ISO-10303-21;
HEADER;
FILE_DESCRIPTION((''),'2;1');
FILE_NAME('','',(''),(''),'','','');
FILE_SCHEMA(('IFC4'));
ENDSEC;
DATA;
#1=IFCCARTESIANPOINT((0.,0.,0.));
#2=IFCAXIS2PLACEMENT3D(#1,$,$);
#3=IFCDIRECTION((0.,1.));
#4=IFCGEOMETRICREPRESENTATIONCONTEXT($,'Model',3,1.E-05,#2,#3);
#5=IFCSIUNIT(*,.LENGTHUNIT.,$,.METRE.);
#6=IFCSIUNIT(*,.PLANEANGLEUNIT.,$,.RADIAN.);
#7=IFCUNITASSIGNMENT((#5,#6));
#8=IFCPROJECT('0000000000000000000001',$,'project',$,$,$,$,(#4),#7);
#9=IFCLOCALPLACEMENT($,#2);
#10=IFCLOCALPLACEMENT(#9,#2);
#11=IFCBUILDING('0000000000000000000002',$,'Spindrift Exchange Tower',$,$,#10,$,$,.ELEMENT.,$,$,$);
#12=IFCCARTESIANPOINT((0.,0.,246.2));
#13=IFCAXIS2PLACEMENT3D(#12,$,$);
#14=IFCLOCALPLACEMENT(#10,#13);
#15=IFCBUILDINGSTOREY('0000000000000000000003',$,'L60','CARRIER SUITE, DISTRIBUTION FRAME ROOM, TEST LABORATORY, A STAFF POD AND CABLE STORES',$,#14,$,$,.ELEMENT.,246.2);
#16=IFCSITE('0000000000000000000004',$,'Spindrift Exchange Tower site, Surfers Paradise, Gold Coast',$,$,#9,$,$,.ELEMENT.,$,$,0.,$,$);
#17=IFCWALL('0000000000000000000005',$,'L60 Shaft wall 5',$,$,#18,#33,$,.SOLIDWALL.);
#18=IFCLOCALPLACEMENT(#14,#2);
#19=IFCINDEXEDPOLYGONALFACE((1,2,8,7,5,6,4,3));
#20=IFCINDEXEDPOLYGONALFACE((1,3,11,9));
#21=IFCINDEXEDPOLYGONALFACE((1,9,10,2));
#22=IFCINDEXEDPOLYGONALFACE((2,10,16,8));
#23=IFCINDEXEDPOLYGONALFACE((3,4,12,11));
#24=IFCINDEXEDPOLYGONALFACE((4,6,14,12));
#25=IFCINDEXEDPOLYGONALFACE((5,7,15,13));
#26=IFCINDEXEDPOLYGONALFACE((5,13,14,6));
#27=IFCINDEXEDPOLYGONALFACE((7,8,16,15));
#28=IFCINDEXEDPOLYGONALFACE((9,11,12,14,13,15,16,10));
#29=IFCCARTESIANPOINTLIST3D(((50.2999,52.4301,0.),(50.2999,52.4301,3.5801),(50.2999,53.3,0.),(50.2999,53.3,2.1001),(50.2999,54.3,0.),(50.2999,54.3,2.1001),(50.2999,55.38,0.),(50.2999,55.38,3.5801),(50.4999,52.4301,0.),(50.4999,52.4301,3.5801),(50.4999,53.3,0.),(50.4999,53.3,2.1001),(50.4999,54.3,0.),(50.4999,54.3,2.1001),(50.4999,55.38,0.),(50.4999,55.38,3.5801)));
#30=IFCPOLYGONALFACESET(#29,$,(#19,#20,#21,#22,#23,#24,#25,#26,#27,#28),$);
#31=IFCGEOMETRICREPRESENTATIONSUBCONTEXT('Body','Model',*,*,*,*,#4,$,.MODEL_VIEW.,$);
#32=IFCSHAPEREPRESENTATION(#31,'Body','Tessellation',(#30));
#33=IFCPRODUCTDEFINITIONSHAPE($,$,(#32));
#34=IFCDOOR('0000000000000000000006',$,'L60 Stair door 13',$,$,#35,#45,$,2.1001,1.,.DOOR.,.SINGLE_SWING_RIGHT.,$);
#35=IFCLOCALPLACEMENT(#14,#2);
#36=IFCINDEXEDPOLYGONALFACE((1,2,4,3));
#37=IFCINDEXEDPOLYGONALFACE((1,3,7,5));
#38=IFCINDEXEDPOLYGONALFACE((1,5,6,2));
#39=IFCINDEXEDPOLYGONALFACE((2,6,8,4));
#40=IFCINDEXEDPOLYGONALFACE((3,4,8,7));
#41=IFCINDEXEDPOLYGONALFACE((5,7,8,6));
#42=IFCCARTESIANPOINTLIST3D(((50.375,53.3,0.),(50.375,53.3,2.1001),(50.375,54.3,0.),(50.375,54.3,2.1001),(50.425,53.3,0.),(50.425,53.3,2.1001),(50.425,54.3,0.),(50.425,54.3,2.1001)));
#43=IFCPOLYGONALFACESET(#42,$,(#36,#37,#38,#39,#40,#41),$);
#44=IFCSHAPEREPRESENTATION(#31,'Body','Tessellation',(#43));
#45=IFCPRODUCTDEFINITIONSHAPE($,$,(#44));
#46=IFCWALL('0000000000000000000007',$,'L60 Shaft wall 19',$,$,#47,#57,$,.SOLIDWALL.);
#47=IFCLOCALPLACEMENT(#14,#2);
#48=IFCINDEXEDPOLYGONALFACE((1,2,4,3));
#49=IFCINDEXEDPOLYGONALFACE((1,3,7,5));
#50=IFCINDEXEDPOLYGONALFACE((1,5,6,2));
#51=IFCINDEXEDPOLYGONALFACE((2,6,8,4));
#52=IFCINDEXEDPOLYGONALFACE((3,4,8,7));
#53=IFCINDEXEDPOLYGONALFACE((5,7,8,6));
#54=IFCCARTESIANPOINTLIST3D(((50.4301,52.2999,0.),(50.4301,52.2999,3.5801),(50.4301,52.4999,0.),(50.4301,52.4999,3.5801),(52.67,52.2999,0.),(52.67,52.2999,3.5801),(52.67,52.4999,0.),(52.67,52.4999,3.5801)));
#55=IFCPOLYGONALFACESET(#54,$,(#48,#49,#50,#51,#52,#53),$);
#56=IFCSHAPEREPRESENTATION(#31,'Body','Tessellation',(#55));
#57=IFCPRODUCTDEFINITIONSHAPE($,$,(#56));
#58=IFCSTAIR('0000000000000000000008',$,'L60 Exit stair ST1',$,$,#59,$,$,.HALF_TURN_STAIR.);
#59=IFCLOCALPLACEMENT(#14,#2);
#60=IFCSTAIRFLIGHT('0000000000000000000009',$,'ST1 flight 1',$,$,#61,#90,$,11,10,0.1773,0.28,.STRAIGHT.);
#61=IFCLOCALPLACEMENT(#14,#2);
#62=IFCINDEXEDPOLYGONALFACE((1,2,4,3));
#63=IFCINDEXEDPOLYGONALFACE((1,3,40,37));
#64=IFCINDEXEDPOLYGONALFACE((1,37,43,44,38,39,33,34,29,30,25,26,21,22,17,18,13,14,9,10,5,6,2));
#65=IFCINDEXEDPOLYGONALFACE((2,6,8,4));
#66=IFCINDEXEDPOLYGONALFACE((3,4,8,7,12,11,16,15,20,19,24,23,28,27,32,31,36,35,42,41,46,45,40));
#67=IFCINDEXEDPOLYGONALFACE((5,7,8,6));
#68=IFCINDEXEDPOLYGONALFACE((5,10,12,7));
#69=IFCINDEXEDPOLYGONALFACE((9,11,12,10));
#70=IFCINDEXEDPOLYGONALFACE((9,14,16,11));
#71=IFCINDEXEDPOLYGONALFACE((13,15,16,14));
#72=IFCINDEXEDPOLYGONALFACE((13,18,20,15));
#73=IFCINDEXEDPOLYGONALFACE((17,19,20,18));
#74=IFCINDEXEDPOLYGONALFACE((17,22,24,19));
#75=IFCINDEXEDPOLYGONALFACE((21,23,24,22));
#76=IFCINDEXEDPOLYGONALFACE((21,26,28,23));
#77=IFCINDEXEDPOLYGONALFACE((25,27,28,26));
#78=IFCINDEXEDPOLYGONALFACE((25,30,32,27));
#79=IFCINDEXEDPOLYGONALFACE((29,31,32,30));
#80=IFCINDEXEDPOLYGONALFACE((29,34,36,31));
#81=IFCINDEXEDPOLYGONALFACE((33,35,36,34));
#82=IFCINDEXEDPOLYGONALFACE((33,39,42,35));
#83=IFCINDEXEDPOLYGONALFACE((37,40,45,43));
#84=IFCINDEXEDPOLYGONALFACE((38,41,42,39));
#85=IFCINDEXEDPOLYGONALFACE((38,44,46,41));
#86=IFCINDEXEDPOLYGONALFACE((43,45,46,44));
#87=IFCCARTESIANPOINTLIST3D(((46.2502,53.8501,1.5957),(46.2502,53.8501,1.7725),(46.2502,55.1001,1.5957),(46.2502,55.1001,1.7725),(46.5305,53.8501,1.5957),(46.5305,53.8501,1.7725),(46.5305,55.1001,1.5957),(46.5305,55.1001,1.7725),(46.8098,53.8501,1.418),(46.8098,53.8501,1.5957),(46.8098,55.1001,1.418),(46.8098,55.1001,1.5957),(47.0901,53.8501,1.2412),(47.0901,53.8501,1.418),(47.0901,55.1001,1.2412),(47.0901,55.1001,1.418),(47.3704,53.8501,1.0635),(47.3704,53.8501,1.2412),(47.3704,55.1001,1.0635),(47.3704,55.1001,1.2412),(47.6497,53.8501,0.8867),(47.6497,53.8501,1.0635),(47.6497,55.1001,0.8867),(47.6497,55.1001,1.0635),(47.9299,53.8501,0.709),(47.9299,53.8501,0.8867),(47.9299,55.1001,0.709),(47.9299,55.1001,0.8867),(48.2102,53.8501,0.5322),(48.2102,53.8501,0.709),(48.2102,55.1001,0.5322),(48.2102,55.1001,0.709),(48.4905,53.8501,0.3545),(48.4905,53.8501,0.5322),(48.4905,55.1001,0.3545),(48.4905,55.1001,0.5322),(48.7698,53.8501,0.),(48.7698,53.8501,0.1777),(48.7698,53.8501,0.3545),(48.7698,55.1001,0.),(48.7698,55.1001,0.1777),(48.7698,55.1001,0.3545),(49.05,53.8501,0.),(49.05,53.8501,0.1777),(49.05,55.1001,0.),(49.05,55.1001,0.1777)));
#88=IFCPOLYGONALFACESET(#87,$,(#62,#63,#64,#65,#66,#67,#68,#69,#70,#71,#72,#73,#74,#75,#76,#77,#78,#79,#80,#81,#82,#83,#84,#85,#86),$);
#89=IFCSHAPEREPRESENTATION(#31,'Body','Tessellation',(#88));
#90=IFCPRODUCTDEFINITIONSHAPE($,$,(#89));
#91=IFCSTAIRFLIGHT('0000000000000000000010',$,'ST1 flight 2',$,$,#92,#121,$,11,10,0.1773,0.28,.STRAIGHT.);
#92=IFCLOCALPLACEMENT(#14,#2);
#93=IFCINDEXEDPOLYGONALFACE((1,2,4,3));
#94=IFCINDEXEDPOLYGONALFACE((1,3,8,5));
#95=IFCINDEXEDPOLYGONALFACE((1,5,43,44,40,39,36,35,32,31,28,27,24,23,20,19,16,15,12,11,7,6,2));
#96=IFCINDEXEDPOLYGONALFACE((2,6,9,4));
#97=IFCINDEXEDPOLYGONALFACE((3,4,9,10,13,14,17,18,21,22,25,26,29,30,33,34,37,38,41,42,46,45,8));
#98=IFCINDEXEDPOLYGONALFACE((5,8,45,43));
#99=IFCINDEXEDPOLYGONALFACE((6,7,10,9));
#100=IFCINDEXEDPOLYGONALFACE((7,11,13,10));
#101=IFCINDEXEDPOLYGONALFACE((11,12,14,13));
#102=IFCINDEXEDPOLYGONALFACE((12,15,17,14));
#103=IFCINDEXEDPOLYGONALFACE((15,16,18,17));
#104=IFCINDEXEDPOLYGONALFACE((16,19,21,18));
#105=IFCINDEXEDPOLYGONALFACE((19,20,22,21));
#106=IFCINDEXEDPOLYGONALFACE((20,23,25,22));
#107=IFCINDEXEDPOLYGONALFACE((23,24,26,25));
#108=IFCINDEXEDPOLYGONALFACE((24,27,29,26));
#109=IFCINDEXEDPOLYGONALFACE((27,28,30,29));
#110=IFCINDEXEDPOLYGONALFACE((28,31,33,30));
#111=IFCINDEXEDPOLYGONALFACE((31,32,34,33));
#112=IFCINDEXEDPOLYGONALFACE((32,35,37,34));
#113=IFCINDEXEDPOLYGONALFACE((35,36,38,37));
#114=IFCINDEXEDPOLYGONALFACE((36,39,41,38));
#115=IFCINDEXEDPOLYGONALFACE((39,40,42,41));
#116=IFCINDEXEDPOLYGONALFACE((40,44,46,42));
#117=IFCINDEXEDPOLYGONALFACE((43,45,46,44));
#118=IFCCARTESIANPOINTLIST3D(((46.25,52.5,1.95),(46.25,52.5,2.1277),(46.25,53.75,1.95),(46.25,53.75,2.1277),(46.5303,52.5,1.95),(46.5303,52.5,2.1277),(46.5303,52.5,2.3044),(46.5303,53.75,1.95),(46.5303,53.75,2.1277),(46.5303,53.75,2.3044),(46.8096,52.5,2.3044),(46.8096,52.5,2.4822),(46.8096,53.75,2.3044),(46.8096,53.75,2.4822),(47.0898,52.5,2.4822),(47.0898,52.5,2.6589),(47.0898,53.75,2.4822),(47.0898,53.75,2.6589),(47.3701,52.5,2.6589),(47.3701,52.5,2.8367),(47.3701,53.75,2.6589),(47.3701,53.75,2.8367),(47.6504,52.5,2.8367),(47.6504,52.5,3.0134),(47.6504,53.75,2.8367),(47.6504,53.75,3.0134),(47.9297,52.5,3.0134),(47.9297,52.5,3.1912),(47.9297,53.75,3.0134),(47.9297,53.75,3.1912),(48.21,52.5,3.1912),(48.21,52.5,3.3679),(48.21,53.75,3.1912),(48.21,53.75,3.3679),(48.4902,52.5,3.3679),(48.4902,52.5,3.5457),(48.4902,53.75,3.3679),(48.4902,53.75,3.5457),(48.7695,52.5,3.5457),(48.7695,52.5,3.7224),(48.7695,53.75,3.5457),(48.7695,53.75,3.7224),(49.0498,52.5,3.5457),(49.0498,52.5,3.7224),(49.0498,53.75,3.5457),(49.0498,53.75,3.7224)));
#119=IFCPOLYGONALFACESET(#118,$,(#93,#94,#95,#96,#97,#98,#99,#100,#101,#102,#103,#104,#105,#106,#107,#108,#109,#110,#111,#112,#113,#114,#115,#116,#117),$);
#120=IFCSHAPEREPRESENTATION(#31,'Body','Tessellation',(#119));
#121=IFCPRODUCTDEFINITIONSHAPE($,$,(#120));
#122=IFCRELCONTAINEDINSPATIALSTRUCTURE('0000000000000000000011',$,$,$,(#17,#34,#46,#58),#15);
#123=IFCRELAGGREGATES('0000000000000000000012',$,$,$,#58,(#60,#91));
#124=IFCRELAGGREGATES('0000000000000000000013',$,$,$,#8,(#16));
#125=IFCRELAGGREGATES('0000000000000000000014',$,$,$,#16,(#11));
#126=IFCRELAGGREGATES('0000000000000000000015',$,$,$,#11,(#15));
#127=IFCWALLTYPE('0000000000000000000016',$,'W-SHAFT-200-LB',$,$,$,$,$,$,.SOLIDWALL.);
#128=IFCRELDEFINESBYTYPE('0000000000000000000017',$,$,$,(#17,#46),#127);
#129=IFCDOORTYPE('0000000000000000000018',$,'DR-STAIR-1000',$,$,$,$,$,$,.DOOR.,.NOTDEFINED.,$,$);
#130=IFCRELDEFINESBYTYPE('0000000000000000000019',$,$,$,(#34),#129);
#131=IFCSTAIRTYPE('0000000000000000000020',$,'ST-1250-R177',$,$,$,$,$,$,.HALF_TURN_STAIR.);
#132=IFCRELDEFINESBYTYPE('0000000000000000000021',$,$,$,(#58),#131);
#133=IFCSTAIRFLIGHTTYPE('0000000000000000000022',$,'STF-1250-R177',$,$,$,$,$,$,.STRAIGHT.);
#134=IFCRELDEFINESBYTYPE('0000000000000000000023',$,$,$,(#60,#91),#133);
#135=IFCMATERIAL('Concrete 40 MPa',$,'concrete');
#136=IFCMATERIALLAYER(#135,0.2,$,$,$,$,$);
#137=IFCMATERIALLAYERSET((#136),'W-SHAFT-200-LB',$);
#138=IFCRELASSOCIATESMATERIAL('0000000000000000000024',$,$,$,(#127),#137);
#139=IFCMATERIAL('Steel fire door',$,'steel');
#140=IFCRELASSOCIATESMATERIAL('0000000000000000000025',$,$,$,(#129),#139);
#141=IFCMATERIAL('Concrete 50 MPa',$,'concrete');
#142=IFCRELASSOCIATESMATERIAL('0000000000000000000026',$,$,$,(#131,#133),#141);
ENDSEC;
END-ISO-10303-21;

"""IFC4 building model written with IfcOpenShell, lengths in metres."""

from ifc_helpers import new_model, si_unit, direction, frame, frame_2d, origin, place, context, subcontext, project, spatial, line, indexed_curve, rectangle, outline, extrude, source, transform, mapped, material, layer, layer_set, type_object, element, fill, aggregate, save


model = new_model("IFC4")

# Units and contexts
model_context = context("Model", 3, precision=1e-05, world=origin(), true_north=direction((0.0, 1.0)))
body_context = subcontext(model_context, "Body", "Model", "MODEL_VIEW")
ifc_project = project(units=[si_unit("LENGTHUNIT", "METRE"), si_unit("PLANEANGLEUNIT", "RADIAN")], contexts=[model_context])

# Site, building, storey
site_placement = place(None, origin())
site = spatial("IfcSite", under=ifc_project, at=site_placement, Name="Spindrift Exchange Tower site, Surfers Paradise, Gold Coast", CompositionType="ELEMENT", RefElevation=0.0)
building_placement = place(site_placement, origin())
building = spatial("IfcBuilding", under=site, at=building_placement, Name="Spindrift Exchange Tower", CompositionType="ELEMENT")
storey_placement = place(building_placement, frame((0.0, 0.0, 246.2)))
storey = spatial("IfcBuildingStorey", under=building, at=storey_placement, Name="L60", Description="CARRIER SUITE, DISTRIBUTION FRAME ROOM, TEST LABORATORY, A STAFF POD AND CABLE STORES", CompositionType="ELEMENT", Elevation=246.2)

# Shared definitions
ifc_material_1 = material(Name="Concrete 50 MPa", Category="concrete")

# Shared definitions
ifc_material_2 = material(Name="Concrete 40 MPa", Category="concrete")
ifc_layer_1 = layer(ifc_material_2, 0.2)
ifc_layer_set_1 = layer_set([ifc_layer_1], Name="W-SHAFT-200-LB")
wall_type_1 = type_object("IfcWallType", Name="W-SHAFT-200-LB", PredefinedType="SOLIDWALL", material=ifc_layer_set_1)

# Wall, opening, door
wall_1_placement = place(storey_placement, frame((50.3999, 52.4299, 0.0), z_axis=(0.0, 0.0, 1.0), x_axis=(0.0, 1.0, 0.0)))
wall_1 = element("IfcWall", 1, at=wall_1_placement, inside=storey, type_object=wall_type_1, Name="L60 Shaft wall 5", PredefinedType="SOLIDWALL", context=body_context, shape_type="SweptSolid", body=[
    extrude(rectangle(XDim=2.95, YDim=0.2, at=frame_2d((1.4751, 0.0))), origin(), (0.0, 0.0, 1.0), 3.5801),
])
opening_1_placement = place(wall_1_placement, frame((0.8701, 0.0, 0.0)))
opening_1 = element("IfcOpeningElement", 2, at=opening_1_placement, cuts=wall_1, PredefinedType="OPENING", context=body_context, shape_type="SweptSolid", body=[
    extrude(rectangle(XDim=1.0, YDim=2.1001, at=frame_2d((0.5, 1.05))), frame((0.0, 0.1099, 0.0), z_axis=(0.0, -1.0, 0.0), x_axis=(1.0, 0.0, 0.0)), (0.0, 0.0, 1.0), 0.22),
])
ifc_material_3 = material(Name="Steel fire door", Category="steel")
door_type_1 = type_object("IfcDoorType", Name="DR-STAIR-1000", OperationType="NOTDEFINED", PredefinedType="DOOR", material=ifc_material_3)
shared_shape_1 = source(origin(), body_context, "Body", "SweptSolid", [
    extrude(rectangle(XDim=1.0, YDim=2.1001, at=frame_2d((0.5, 1.05))), frame((0.0, 0.0249, 0.0), z_axis=(0.0, -1.0, 0.0), x_axis=(1.0, 0.0, 0.0)), (0.0, 0.0, 1.0), 0.05),
])
door_1_placement = place(opening_1_placement, origin())
door_1 = element("IfcDoor", 3, at=door_1_placement, inside=storey, type_object=door_type_1, Name="L60 Stair door 13", OperationType="SINGLE_SWING_RIGHT", OverallHeight=2.1001, OverallWidth=1.0, PredefinedType="DOOR", context=body_context, shape_type="MappedRepresentation", body=[
    mapped(shared_shape_1, transform((0.0, 0.0, 0.0), scale=1.0)),
])
fill(opening_1, door_1)

# Wall
wall_2_placement = place(storey_placement, frame((50.4299, 52.3999, 0.0), z_axis=(0.0, 0.0, 1.0), x_axis=(1.0, 0.0, 0.0)))
element("IfcWall", 4, at=wall_2_placement, inside=storey, type_object=wall_type_1, Name="L60 Shaft wall 19", PredefinedType="SOLIDWALL", context=body_context, shape_type="SweptSolid", body=[
    extrude(rectangle(XDim=2.24, YDim=0.2, at=frame_2d((1.1201, 0.0))), origin(), (0.0, 0.0, 1.0), 3.5801),
])

# Stair, stair flights
stair_type = type_object("IfcStairType", Name="ST-1250-R177", PredefinedType="HALF_TURN_STAIR", material=ifc_material_1)
stair_placement = place(storey_placement, origin())
stair = element("IfcStair", 5, at=stair_placement, inside=storey, type_object=stair_type, Name="L60 Exit stair ST1", PredefinedType="HALF_TURN_STAIR")
stair_flight_type = type_object("IfcStairFlightType", Name="STF-1250-R177", PredefinedType="STRAIGHT", material=ifc_material_1)
stair_flight_1_placement = place(storey_placement, frame((49.05, 54.4751, 0.0), z_axis=(0.0, 0.0, 1.0), x_axis=(-1.0, 0.0, 0.0)))
stair_flight_1 = element("IfcStairFlight", 6, at=stair_flight_1_placement, type_object=stair_flight_type, Name="ST1 flight 1", NumberOfRisers=11, NumberOfTreads=10, PredefinedType="STRAIGHT", RiserHeight=0.1773, TreadLength=0.28, context=body_context, shape_type="SweptSolid", body=[
    extrude(outline(indexed_curve([(0.0, 0.0), (0.0, 0.1777), (0.2803, 0.1777), (0.2803, 0.3545), (0.5596, 0.3545), (0.5596, 0.5322), (0.8398, 0.5322), (0.8398, 0.709), (1.1201, 0.709), (1.1201, 0.8867), (1.4004, 0.8867), (1.4004, 1.0635), (1.6797, 1.0635), (1.6797, 1.2412), (1.96, 1.2412), (1.96, 1.418), (2.2402, 1.418), (2.2402, 1.5957), (2.5195, 1.5957), (2.5195, 1.7725), (2.7998, 1.7725), (2.7998, 1.9502), (2.7998, 1.5957), (0.2803, 0.0)], segments=[line(1, 2, 3, 4, 5, 6, 7, 8, 9, 10, 11, 12, 13, 14, 15, 16, 17, 18, 19, 20, 21, 22, 23, 24, 1)], self_intersect=False)), frame((0.0, 0.625, 0.0), z_axis=(0.0, -1.0, 0.0), x_axis=(1.0, 0.0, 0.0)), (0.0, 0.0, 1.0), 1.25),
])
stair_flight_2_placement = place(storey_placement, frame((46.25, 53.125, 1.95), z_axis=(0.0, 0.0, 1.0), x_axis=(1.0, 0.0, 0.0)))
stair_flight_2 = element("IfcStairFlight", 7, at=stair_flight_2_placement, type_object=stair_flight_type, Name="ST1 flight 2", NumberOfRisers=11, NumberOfTreads=10, PredefinedType="STRAIGHT", RiserHeight=0.1773, TreadLength=0.28, context=body_context, shape_type="SweptSolid", body=[
    extrude(outline(indexed_curve([(0.0, 0.0), (0.0, 0.1777), (0.2803, 0.1777), (0.2803, 0.3545), (0.5596, 0.3545), (0.5596, 0.5322), (0.8398, 0.5322), (0.8398, 0.709), (1.1201, 0.709), (1.1201, 0.8867), (1.4004, 0.8867), (1.4004, 1.0635), (1.6797, 1.0635), (1.6797, 1.2412), (1.96, 1.2412), (1.96, 1.418), (2.2402, 1.418), (2.2402, 1.5957), (2.5195, 1.5957), (2.5195, 1.7725), (2.7998, 1.7725), (2.7998, 1.9502), (2.7998, 1.5957), (0.2803, 0.0)], segments=[line(1, 2, 3, 4, 5, 6, 7, 8, 9, 10, 11, 12, 13, 14, 15, 16, 17, 18, 19, 20, 21, 22, 23, 24, 1)], self_intersect=False)), frame((0.0, 0.625, 0.0), z_axis=(0.0, -1.0, 0.0), x_axis=(1.0, 0.0, 0.0)), (0.0, 0.0, 1.0), 1.25),
])
aggregate(stair, [stair_flight_1, stair_flight_2])

save(model, "model.ifc")
